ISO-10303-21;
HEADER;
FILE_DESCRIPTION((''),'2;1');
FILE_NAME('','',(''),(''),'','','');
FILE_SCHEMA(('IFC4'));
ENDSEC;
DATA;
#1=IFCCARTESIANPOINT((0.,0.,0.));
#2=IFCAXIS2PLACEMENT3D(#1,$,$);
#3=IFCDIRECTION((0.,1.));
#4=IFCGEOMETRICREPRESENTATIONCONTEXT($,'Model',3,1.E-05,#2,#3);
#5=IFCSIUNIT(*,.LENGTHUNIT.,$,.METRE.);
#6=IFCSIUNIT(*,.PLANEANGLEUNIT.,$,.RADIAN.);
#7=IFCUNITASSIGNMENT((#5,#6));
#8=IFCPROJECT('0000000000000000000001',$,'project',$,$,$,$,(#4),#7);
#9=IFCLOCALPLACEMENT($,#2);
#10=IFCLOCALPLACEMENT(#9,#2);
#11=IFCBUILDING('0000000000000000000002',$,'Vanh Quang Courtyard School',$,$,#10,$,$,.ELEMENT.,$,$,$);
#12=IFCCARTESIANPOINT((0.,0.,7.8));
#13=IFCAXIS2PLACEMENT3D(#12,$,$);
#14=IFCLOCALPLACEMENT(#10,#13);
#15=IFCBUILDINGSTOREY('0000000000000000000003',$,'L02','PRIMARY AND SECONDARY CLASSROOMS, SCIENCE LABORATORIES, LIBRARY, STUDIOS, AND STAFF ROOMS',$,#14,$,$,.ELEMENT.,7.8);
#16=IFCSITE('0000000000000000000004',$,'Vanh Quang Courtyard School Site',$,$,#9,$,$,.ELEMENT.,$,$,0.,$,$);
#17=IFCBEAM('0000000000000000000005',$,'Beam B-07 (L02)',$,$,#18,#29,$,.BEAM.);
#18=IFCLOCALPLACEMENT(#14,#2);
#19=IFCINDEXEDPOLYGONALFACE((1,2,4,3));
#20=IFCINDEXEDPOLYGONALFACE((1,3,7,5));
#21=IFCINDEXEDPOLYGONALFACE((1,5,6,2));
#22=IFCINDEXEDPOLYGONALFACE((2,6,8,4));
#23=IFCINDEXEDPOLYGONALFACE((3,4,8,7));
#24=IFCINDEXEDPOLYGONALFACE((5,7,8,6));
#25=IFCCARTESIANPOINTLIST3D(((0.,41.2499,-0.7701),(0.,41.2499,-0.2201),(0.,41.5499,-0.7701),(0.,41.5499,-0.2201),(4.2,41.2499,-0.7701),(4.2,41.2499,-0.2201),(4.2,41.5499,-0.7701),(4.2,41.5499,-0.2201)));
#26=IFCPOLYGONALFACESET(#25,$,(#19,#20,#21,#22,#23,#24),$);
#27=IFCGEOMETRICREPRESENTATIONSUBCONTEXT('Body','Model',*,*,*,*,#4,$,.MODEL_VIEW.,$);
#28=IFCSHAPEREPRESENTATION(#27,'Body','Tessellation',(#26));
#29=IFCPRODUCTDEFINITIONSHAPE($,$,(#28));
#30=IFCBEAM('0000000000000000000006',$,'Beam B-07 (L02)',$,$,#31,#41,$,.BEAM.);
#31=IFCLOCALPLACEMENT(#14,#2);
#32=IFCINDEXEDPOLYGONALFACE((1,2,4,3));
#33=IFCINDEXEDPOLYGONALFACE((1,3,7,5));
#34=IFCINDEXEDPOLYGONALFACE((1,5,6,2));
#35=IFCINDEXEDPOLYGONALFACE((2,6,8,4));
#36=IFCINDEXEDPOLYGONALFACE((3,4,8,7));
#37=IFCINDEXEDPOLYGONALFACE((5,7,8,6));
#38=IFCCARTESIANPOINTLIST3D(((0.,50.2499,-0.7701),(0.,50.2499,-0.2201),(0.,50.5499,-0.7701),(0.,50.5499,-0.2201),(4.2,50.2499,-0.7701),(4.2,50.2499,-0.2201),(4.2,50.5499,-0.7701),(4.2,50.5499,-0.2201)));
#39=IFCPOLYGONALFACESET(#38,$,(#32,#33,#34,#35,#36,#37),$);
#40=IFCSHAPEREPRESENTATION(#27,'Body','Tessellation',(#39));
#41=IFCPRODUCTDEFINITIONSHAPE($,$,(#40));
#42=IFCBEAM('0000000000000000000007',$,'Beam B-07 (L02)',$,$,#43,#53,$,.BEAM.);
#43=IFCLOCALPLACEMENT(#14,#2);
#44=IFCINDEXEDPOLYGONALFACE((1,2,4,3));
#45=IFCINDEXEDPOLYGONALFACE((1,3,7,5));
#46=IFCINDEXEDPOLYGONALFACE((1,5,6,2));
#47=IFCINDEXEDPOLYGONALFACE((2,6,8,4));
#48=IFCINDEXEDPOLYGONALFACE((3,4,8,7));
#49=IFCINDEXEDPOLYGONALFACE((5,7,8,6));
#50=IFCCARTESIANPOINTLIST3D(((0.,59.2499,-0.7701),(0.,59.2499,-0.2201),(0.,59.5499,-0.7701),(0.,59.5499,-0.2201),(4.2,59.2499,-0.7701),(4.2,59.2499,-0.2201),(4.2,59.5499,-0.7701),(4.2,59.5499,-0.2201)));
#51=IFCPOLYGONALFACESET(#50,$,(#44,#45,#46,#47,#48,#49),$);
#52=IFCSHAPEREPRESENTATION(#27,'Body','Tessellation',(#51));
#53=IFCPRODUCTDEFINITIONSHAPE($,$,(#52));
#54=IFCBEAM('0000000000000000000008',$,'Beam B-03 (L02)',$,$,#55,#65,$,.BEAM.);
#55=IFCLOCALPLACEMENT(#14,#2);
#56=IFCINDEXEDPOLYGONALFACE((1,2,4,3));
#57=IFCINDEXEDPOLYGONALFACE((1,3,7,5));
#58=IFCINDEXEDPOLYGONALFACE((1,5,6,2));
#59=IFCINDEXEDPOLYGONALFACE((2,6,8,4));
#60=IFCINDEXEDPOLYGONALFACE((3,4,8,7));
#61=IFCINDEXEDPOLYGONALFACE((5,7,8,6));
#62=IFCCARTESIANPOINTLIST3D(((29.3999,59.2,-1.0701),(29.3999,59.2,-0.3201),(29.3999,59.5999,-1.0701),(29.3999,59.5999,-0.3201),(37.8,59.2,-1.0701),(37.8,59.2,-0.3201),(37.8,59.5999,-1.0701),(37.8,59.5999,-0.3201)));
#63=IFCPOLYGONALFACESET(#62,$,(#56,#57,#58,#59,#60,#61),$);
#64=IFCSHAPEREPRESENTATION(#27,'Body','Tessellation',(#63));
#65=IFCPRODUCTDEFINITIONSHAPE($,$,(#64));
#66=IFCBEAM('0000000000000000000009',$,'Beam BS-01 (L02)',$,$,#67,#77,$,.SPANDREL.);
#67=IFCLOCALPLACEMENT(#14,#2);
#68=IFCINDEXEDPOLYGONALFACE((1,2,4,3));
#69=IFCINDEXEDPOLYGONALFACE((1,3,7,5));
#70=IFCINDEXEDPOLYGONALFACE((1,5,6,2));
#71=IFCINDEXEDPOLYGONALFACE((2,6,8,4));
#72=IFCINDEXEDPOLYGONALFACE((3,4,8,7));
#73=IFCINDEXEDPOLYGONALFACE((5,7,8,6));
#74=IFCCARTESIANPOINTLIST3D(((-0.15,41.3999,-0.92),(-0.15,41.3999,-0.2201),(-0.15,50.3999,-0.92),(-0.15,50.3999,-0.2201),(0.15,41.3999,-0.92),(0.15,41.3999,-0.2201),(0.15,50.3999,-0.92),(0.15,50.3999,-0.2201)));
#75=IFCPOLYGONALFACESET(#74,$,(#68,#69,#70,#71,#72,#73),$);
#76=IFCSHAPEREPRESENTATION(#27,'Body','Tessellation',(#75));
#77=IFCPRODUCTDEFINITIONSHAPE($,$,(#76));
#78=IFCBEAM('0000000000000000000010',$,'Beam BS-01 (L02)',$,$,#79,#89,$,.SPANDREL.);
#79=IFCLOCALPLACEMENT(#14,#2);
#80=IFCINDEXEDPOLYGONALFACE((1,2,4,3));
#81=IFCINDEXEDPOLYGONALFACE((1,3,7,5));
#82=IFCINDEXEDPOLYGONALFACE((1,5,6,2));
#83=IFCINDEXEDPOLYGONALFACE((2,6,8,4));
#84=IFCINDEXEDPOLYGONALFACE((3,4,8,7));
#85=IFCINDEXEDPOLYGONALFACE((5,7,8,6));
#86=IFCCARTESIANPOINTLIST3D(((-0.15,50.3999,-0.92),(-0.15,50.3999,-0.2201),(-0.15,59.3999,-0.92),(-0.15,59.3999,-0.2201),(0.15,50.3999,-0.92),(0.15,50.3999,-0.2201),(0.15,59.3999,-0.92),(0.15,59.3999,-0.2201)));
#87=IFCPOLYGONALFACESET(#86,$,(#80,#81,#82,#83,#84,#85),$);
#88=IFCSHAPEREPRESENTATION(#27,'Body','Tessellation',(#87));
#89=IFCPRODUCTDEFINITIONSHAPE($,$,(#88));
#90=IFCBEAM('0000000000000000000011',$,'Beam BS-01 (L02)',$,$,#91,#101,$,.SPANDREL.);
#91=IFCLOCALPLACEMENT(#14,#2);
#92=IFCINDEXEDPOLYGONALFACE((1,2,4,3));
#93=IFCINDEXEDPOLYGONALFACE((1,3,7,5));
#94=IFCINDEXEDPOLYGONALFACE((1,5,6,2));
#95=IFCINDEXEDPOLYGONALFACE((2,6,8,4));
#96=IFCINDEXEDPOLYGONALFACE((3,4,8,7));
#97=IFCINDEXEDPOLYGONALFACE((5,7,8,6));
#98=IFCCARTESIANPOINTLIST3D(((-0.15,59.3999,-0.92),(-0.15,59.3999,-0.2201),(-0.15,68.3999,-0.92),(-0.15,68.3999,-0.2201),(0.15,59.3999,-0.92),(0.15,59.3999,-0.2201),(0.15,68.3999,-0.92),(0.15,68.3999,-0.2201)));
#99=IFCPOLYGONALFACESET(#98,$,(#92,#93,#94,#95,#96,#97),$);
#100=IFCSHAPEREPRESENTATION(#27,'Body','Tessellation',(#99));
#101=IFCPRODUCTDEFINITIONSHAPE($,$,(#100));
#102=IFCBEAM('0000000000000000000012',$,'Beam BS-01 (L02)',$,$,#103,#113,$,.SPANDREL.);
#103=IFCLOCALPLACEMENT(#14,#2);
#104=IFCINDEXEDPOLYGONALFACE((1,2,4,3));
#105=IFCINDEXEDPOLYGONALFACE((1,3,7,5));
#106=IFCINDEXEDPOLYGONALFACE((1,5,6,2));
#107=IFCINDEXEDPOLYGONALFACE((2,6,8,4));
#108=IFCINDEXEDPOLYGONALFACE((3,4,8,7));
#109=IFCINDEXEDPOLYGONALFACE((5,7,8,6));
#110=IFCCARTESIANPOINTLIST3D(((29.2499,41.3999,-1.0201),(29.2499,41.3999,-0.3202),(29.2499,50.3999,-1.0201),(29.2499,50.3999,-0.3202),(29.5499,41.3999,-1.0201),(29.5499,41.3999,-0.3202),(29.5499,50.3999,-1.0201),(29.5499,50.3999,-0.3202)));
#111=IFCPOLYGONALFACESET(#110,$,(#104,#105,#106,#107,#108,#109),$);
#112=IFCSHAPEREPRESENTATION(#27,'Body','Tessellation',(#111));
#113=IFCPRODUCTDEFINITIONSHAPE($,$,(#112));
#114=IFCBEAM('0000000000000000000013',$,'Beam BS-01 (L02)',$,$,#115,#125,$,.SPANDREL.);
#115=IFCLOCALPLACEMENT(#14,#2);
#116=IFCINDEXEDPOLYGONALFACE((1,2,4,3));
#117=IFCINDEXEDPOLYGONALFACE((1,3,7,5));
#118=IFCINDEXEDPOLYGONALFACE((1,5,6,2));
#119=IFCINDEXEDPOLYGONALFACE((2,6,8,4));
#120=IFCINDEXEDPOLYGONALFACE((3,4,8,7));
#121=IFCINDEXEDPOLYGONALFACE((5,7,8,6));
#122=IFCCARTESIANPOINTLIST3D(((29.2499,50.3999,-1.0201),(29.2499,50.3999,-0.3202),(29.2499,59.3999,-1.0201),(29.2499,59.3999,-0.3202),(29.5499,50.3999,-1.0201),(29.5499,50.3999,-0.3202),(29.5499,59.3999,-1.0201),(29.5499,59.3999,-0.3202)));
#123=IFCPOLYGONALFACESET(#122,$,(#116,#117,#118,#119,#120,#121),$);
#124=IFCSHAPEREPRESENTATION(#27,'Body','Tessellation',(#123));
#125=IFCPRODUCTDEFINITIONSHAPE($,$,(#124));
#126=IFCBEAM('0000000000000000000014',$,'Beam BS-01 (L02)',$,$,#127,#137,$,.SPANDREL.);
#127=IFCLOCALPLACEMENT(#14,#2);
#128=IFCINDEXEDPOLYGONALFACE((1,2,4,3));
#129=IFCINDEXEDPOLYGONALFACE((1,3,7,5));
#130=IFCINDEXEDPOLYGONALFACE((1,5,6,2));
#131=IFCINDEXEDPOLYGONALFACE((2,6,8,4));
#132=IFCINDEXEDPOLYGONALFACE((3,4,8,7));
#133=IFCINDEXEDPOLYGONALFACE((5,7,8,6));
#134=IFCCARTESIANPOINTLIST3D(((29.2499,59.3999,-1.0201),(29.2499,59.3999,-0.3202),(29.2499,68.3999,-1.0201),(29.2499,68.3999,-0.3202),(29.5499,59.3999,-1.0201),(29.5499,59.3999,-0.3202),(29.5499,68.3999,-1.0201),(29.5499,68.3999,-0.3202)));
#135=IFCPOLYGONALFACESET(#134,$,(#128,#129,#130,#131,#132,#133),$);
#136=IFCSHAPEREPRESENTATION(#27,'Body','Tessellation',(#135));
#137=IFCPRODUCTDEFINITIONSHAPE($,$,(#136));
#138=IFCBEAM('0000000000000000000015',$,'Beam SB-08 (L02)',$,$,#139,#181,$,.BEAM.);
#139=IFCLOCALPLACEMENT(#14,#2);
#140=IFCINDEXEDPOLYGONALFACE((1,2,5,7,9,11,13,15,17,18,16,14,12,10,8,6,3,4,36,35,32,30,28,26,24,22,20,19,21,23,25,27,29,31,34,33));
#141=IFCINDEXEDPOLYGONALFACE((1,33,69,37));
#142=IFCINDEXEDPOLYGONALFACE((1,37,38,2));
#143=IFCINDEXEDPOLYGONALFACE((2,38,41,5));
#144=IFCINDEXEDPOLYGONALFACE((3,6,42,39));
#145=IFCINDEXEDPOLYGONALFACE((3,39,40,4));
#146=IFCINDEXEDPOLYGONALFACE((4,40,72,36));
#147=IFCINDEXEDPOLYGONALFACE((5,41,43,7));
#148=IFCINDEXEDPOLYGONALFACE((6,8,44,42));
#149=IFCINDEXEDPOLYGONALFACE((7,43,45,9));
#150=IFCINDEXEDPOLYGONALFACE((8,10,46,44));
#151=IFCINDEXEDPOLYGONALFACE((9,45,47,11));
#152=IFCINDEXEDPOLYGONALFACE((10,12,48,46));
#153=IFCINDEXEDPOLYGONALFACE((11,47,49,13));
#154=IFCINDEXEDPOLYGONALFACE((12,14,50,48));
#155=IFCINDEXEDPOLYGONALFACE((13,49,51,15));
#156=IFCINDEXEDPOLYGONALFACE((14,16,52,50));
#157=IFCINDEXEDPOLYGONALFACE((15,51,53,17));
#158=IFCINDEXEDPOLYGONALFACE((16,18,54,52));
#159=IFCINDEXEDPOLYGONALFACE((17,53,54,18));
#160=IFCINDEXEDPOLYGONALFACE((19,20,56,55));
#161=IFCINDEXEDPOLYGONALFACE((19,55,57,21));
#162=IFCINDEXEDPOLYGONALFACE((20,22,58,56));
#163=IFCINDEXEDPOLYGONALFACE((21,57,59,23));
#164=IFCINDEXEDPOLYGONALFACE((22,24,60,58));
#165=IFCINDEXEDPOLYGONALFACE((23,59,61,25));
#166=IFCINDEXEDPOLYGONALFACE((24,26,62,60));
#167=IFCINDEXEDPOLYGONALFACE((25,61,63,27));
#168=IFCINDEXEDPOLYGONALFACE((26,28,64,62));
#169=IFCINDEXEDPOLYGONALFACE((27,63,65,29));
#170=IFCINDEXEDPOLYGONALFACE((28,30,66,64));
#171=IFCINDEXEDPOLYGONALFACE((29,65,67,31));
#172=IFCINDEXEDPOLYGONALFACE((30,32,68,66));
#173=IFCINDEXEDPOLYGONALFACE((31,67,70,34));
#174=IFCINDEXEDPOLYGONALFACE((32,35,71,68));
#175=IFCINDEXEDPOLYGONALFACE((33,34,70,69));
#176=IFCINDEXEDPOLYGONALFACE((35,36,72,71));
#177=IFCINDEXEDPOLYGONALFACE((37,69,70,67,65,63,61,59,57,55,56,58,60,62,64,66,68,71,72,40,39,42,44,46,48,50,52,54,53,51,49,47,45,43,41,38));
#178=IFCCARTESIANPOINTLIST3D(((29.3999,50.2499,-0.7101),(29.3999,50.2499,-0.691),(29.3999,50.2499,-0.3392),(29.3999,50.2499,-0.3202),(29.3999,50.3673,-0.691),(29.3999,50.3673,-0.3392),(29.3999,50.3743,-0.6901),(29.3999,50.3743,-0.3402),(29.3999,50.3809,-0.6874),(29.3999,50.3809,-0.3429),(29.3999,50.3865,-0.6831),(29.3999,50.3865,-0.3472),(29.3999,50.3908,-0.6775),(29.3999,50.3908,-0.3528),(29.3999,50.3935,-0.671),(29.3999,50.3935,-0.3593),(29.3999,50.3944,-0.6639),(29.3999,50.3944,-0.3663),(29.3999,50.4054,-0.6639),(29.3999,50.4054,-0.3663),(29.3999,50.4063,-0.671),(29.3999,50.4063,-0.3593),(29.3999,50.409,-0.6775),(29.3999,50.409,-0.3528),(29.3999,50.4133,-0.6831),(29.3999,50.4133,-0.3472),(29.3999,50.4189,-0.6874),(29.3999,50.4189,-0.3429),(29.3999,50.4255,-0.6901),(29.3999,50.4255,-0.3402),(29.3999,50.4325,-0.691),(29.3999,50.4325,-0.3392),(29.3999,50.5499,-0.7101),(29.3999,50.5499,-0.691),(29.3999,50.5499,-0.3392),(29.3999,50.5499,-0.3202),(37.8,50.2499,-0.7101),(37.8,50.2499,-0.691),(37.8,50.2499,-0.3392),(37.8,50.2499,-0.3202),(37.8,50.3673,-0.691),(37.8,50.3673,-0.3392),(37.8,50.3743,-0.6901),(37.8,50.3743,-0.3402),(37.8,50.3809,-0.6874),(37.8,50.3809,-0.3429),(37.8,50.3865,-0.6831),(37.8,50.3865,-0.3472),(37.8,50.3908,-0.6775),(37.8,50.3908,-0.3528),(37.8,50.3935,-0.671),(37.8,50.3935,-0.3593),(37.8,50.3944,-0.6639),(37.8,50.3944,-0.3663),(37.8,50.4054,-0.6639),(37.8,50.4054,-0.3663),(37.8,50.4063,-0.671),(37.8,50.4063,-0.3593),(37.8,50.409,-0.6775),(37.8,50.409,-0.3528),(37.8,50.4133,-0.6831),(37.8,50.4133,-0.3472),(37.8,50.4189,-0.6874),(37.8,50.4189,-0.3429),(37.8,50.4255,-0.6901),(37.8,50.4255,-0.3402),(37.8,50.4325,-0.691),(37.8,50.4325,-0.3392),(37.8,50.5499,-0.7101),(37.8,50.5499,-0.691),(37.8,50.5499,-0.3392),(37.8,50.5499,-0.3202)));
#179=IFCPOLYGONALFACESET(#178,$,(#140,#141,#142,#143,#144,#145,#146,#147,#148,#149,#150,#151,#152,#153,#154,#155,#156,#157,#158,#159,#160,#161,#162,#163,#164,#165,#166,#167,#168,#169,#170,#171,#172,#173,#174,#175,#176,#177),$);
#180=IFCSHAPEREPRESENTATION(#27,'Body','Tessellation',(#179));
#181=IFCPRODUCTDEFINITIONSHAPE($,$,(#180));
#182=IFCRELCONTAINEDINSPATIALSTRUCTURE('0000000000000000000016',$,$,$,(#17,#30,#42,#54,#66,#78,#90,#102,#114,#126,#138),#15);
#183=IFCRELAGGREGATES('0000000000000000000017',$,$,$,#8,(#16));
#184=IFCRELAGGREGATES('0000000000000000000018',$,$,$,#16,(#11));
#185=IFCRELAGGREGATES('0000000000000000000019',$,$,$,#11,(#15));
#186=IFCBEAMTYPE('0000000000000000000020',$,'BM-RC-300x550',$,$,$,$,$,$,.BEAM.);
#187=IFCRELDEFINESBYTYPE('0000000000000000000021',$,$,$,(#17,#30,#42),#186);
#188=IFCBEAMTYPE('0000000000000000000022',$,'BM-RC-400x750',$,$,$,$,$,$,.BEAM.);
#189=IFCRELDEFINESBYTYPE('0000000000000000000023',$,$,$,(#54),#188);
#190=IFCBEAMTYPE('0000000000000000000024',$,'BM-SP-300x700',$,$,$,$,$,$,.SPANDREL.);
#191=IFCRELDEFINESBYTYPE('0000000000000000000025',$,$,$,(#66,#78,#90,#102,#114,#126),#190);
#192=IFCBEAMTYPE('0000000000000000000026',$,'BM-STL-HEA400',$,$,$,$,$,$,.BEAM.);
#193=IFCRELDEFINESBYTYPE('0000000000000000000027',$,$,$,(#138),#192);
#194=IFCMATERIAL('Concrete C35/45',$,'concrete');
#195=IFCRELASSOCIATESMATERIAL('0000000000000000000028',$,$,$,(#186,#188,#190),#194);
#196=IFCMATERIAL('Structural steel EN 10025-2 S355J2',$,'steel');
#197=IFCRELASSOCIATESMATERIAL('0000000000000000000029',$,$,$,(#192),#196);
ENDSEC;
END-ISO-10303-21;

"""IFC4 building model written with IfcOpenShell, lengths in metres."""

from ifc_helpers import new_model, si_unit, direction, frame, origin, origin_2d, place, context, subcontext, project, spatial, rectangle, i_section, extrude, material, material_profile, profile_set, type_object, element, save


model = new_model("IFC4")

# Units and contexts
model_context = context("Model", 3, precision=1e-05, world=origin(), true_north=direction((0.0, 1.0)))
body_context = subcontext(model_context, "Body", "Model", "MODEL_VIEW")
ifc_project = project(units=[si_unit("LENGTHUNIT", "METRE"), si_unit("PLANEANGLEUNIT", "RADIAN")], contexts=[model_context])

# Site, building, storey
site_placement = place(None, origin())
site = spatial("IfcSite", under=ifc_project, at=site_placement, Name="Vanh Quang Courtyard School Site", CompositionType="ELEMENT", RefElevation=0.0)
building_placement = place(site_placement, origin())
building = spatial("IfcBuilding", under=site, at=building_placement, Name="Vanh Quang Courtyard School", CompositionType="ELEMENT")
storey_placement = place(building_placement, frame((0.0, 0.0, 7.8)))
storey = spatial("IfcBuildingStorey", under=building, at=storey_placement, Name="L02", Description="PRIMARY AND SECONDARY CLASSROOMS, SCIENCE LABORATORIES, LIBRARY, STUDIOS, AND STAFF ROOMS", CompositionType="ELEMENT", Elevation=7.8)

# Beams
ifc_material_1 = material(Name="Concrete C35/45", Category="concrete")
ifc_material_profile_1 = material_profile(ifc_material_1, rectangle(XDim=0.3, YDim=0.55, at=origin_2d()), Name="RC-BM 300x550")
ifc_profile_set_1 = profile_set([ifc_material_profile_1], Name="Concrete C35/45")
beam_type_1 = type_object("IfcBeamType", Name="BM-RC-300x550", PredefinedType="BEAM", material=ifc_profile_set_1)
for number, where, z_axis, x_axis, name in (
    (1, (0.0, 41.3999, -0.4951), (1.0, 0.0, 0.0), (0.0, 1.0, 0.0), "Beam B-07 (L02)"),
    (2, (0.0, 50.3999, -0.4951), (1.0, 0.0, 0.0), (0.0, 1.0, 0.0), "Beam B-07 (L02)"),
    (3, (0.0, 59.3999, -0.4951), (1.0, 0.0, 0.0), (0.0, 1.0, 0.0), "Beam B-07 (L02)"),
):
    element("IfcBeam", number, at=place(storey_placement, frame(where, z_axis=z_axis, x_axis=x_axis)), inside=storey, type_object=beam_type_1, Name=name, PredefinedType="BEAM", context=body_context, shape_type="SweptSolid", body=[
        extrude(rectangle(XDim=0.3, YDim=0.55, at=origin_2d()), origin(), (0.0, 0.0, 1.0), 4.2),
    ])
ifc_material_profile_2 = material_profile(ifc_material_1, rectangle(XDim=0.3999, YDim=0.75, at=origin_2d()), Name="RC-BM 400x750")
ifc_profile_set_2 = profile_set([ifc_material_profile_2], Name="Concrete C35/45")
beam_type_2 = type_object("IfcBeamType", Name="BM-RC-400x750", PredefinedType="BEAM", material=ifc_profile_set_2)
beam_1_placement = place(storey_placement, frame((29.3999, 59.3999, -0.6951), z_axis=(1.0, 0.0, 0.0), x_axis=(0.0, 1.0, 0.0)))
element("IfcBeam", 4, at=beam_1_placement, inside=storey, type_object=beam_type_2, Name="Beam B-03 (L02)", PredefinedType="BEAM", context=body_context, shape_type="SweptSolid", body=[
    extrude(rectangle(XDim=0.3999, YDim=0.75, at=origin_2d()), origin(), (0.0, 0.0, 1.0), 8.4001),
])
ifc_material_profile_3 = material_profile(ifc_material_1, rectangle(XDim=0.3, YDim=0.7, at=origin_2d()), Name="RC-SP 300x700")
ifc_profile_set_3 = profile_set([ifc_material_profile_3], Name="Concrete C35/45")
beam_type_3 = type_object("IfcBeamType", Name="BM-SP-300x700", PredefinedType="SPANDREL", material=ifc_profile_set_3)
for number, where, z_axis, x_axis, name in (
    (5, (0.0, 41.3999, -0.5701), (0.0, 1.0, 0.0), (-1.0, 0.0, 0.0), "Beam BS-01 (L02)"),
    (6, (0.0, 50.3999, -0.5701), (0.0, 1.0, 0.0), (-1.0, 0.0, 0.0), "Beam BS-01 (L02)"),
    (7, (0.0, 59.3999, -0.5701), (0.0, 1.0, 0.0), (-1.0, 0.0, 0.0), "Beam BS-01 (L02)"),
    (8, (29.3999, 41.3999, -0.6702), (0.0, 1.0, 0.0), (-1.0, 0.0, 0.0), "Beam BS-01 (L02)"),
    (9, (29.3999, 50.3999, -0.6702), (0.0, 1.0, 0.0), (-1.0, 0.0, 0.0), "Beam BS-01 (L02)"),
    (10, (29.3999, 59.3999, -0.6702), (0.0, 1.0, 0.0), (-1.0, 0.0, 0.0), "Beam BS-01 (L02)"),
):
    element("IfcBeam", number, at=place(storey_placement, frame(where, z_axis=z_axis, x_axis=x_axis)), inside=storey, type_object=beam_type_3, Name=name, PredefinedType="SPANDREL", context=body_context, shape_type="SweptSolid", body=[
        extrude(rectangle(XDim=0.3, YDim=0.7, at=origin_2d()), origin(), (0.0, 0.0, 1.0), 9.0),
    ])
ifc_material_2 = material(Name="Structural steel EN 10025-2 S355J2", Category="steel")
ifc_material_profile_4 = material_profile(ifc_material_2, i_section(OverallWidth=0.3, OverallDepth=0.3899, WebThickness=0.011, FlangeThickness=0.019, FilletRadius=0.0271, at=origin_2d()), Name="HEA 400")
ifc_profile_set_4 = profile_set([ifc_material_profile_4], Name="Structural steel EN 10025-2 S355J2")
beam_type_4 = type_object("IfcBeamType", Name="BM-STL-HEA400", PredefinedType="BEAM", material=ifc_profile_set_4)
beam_2_placement = place(storey_placement, frame((29.3999, 50.3999, -0.5151), z_axis=(1.0, 0.0, 0.0), x_axis=(0.0, 1.0, 0.0)))
element("IfcBeam", 11, at=beam_2_placement, inside=storey, type_object=beam_type_4, Name="Beam SB-08 (L02)", PredefinedType="BEAM", context=body_context, shape_type="SweptSolid", body=[
    extrude(i_section(OverallWidth=0.3, OverallDepth=0.3899, WebThickness=0.011, FlangeThickness=0.019, FilletRadius=0.0271, at=origin_2d()), origin(), (0.0, 0.0, 1.0), 8.4001),
])

save(model, "model.ifc")
